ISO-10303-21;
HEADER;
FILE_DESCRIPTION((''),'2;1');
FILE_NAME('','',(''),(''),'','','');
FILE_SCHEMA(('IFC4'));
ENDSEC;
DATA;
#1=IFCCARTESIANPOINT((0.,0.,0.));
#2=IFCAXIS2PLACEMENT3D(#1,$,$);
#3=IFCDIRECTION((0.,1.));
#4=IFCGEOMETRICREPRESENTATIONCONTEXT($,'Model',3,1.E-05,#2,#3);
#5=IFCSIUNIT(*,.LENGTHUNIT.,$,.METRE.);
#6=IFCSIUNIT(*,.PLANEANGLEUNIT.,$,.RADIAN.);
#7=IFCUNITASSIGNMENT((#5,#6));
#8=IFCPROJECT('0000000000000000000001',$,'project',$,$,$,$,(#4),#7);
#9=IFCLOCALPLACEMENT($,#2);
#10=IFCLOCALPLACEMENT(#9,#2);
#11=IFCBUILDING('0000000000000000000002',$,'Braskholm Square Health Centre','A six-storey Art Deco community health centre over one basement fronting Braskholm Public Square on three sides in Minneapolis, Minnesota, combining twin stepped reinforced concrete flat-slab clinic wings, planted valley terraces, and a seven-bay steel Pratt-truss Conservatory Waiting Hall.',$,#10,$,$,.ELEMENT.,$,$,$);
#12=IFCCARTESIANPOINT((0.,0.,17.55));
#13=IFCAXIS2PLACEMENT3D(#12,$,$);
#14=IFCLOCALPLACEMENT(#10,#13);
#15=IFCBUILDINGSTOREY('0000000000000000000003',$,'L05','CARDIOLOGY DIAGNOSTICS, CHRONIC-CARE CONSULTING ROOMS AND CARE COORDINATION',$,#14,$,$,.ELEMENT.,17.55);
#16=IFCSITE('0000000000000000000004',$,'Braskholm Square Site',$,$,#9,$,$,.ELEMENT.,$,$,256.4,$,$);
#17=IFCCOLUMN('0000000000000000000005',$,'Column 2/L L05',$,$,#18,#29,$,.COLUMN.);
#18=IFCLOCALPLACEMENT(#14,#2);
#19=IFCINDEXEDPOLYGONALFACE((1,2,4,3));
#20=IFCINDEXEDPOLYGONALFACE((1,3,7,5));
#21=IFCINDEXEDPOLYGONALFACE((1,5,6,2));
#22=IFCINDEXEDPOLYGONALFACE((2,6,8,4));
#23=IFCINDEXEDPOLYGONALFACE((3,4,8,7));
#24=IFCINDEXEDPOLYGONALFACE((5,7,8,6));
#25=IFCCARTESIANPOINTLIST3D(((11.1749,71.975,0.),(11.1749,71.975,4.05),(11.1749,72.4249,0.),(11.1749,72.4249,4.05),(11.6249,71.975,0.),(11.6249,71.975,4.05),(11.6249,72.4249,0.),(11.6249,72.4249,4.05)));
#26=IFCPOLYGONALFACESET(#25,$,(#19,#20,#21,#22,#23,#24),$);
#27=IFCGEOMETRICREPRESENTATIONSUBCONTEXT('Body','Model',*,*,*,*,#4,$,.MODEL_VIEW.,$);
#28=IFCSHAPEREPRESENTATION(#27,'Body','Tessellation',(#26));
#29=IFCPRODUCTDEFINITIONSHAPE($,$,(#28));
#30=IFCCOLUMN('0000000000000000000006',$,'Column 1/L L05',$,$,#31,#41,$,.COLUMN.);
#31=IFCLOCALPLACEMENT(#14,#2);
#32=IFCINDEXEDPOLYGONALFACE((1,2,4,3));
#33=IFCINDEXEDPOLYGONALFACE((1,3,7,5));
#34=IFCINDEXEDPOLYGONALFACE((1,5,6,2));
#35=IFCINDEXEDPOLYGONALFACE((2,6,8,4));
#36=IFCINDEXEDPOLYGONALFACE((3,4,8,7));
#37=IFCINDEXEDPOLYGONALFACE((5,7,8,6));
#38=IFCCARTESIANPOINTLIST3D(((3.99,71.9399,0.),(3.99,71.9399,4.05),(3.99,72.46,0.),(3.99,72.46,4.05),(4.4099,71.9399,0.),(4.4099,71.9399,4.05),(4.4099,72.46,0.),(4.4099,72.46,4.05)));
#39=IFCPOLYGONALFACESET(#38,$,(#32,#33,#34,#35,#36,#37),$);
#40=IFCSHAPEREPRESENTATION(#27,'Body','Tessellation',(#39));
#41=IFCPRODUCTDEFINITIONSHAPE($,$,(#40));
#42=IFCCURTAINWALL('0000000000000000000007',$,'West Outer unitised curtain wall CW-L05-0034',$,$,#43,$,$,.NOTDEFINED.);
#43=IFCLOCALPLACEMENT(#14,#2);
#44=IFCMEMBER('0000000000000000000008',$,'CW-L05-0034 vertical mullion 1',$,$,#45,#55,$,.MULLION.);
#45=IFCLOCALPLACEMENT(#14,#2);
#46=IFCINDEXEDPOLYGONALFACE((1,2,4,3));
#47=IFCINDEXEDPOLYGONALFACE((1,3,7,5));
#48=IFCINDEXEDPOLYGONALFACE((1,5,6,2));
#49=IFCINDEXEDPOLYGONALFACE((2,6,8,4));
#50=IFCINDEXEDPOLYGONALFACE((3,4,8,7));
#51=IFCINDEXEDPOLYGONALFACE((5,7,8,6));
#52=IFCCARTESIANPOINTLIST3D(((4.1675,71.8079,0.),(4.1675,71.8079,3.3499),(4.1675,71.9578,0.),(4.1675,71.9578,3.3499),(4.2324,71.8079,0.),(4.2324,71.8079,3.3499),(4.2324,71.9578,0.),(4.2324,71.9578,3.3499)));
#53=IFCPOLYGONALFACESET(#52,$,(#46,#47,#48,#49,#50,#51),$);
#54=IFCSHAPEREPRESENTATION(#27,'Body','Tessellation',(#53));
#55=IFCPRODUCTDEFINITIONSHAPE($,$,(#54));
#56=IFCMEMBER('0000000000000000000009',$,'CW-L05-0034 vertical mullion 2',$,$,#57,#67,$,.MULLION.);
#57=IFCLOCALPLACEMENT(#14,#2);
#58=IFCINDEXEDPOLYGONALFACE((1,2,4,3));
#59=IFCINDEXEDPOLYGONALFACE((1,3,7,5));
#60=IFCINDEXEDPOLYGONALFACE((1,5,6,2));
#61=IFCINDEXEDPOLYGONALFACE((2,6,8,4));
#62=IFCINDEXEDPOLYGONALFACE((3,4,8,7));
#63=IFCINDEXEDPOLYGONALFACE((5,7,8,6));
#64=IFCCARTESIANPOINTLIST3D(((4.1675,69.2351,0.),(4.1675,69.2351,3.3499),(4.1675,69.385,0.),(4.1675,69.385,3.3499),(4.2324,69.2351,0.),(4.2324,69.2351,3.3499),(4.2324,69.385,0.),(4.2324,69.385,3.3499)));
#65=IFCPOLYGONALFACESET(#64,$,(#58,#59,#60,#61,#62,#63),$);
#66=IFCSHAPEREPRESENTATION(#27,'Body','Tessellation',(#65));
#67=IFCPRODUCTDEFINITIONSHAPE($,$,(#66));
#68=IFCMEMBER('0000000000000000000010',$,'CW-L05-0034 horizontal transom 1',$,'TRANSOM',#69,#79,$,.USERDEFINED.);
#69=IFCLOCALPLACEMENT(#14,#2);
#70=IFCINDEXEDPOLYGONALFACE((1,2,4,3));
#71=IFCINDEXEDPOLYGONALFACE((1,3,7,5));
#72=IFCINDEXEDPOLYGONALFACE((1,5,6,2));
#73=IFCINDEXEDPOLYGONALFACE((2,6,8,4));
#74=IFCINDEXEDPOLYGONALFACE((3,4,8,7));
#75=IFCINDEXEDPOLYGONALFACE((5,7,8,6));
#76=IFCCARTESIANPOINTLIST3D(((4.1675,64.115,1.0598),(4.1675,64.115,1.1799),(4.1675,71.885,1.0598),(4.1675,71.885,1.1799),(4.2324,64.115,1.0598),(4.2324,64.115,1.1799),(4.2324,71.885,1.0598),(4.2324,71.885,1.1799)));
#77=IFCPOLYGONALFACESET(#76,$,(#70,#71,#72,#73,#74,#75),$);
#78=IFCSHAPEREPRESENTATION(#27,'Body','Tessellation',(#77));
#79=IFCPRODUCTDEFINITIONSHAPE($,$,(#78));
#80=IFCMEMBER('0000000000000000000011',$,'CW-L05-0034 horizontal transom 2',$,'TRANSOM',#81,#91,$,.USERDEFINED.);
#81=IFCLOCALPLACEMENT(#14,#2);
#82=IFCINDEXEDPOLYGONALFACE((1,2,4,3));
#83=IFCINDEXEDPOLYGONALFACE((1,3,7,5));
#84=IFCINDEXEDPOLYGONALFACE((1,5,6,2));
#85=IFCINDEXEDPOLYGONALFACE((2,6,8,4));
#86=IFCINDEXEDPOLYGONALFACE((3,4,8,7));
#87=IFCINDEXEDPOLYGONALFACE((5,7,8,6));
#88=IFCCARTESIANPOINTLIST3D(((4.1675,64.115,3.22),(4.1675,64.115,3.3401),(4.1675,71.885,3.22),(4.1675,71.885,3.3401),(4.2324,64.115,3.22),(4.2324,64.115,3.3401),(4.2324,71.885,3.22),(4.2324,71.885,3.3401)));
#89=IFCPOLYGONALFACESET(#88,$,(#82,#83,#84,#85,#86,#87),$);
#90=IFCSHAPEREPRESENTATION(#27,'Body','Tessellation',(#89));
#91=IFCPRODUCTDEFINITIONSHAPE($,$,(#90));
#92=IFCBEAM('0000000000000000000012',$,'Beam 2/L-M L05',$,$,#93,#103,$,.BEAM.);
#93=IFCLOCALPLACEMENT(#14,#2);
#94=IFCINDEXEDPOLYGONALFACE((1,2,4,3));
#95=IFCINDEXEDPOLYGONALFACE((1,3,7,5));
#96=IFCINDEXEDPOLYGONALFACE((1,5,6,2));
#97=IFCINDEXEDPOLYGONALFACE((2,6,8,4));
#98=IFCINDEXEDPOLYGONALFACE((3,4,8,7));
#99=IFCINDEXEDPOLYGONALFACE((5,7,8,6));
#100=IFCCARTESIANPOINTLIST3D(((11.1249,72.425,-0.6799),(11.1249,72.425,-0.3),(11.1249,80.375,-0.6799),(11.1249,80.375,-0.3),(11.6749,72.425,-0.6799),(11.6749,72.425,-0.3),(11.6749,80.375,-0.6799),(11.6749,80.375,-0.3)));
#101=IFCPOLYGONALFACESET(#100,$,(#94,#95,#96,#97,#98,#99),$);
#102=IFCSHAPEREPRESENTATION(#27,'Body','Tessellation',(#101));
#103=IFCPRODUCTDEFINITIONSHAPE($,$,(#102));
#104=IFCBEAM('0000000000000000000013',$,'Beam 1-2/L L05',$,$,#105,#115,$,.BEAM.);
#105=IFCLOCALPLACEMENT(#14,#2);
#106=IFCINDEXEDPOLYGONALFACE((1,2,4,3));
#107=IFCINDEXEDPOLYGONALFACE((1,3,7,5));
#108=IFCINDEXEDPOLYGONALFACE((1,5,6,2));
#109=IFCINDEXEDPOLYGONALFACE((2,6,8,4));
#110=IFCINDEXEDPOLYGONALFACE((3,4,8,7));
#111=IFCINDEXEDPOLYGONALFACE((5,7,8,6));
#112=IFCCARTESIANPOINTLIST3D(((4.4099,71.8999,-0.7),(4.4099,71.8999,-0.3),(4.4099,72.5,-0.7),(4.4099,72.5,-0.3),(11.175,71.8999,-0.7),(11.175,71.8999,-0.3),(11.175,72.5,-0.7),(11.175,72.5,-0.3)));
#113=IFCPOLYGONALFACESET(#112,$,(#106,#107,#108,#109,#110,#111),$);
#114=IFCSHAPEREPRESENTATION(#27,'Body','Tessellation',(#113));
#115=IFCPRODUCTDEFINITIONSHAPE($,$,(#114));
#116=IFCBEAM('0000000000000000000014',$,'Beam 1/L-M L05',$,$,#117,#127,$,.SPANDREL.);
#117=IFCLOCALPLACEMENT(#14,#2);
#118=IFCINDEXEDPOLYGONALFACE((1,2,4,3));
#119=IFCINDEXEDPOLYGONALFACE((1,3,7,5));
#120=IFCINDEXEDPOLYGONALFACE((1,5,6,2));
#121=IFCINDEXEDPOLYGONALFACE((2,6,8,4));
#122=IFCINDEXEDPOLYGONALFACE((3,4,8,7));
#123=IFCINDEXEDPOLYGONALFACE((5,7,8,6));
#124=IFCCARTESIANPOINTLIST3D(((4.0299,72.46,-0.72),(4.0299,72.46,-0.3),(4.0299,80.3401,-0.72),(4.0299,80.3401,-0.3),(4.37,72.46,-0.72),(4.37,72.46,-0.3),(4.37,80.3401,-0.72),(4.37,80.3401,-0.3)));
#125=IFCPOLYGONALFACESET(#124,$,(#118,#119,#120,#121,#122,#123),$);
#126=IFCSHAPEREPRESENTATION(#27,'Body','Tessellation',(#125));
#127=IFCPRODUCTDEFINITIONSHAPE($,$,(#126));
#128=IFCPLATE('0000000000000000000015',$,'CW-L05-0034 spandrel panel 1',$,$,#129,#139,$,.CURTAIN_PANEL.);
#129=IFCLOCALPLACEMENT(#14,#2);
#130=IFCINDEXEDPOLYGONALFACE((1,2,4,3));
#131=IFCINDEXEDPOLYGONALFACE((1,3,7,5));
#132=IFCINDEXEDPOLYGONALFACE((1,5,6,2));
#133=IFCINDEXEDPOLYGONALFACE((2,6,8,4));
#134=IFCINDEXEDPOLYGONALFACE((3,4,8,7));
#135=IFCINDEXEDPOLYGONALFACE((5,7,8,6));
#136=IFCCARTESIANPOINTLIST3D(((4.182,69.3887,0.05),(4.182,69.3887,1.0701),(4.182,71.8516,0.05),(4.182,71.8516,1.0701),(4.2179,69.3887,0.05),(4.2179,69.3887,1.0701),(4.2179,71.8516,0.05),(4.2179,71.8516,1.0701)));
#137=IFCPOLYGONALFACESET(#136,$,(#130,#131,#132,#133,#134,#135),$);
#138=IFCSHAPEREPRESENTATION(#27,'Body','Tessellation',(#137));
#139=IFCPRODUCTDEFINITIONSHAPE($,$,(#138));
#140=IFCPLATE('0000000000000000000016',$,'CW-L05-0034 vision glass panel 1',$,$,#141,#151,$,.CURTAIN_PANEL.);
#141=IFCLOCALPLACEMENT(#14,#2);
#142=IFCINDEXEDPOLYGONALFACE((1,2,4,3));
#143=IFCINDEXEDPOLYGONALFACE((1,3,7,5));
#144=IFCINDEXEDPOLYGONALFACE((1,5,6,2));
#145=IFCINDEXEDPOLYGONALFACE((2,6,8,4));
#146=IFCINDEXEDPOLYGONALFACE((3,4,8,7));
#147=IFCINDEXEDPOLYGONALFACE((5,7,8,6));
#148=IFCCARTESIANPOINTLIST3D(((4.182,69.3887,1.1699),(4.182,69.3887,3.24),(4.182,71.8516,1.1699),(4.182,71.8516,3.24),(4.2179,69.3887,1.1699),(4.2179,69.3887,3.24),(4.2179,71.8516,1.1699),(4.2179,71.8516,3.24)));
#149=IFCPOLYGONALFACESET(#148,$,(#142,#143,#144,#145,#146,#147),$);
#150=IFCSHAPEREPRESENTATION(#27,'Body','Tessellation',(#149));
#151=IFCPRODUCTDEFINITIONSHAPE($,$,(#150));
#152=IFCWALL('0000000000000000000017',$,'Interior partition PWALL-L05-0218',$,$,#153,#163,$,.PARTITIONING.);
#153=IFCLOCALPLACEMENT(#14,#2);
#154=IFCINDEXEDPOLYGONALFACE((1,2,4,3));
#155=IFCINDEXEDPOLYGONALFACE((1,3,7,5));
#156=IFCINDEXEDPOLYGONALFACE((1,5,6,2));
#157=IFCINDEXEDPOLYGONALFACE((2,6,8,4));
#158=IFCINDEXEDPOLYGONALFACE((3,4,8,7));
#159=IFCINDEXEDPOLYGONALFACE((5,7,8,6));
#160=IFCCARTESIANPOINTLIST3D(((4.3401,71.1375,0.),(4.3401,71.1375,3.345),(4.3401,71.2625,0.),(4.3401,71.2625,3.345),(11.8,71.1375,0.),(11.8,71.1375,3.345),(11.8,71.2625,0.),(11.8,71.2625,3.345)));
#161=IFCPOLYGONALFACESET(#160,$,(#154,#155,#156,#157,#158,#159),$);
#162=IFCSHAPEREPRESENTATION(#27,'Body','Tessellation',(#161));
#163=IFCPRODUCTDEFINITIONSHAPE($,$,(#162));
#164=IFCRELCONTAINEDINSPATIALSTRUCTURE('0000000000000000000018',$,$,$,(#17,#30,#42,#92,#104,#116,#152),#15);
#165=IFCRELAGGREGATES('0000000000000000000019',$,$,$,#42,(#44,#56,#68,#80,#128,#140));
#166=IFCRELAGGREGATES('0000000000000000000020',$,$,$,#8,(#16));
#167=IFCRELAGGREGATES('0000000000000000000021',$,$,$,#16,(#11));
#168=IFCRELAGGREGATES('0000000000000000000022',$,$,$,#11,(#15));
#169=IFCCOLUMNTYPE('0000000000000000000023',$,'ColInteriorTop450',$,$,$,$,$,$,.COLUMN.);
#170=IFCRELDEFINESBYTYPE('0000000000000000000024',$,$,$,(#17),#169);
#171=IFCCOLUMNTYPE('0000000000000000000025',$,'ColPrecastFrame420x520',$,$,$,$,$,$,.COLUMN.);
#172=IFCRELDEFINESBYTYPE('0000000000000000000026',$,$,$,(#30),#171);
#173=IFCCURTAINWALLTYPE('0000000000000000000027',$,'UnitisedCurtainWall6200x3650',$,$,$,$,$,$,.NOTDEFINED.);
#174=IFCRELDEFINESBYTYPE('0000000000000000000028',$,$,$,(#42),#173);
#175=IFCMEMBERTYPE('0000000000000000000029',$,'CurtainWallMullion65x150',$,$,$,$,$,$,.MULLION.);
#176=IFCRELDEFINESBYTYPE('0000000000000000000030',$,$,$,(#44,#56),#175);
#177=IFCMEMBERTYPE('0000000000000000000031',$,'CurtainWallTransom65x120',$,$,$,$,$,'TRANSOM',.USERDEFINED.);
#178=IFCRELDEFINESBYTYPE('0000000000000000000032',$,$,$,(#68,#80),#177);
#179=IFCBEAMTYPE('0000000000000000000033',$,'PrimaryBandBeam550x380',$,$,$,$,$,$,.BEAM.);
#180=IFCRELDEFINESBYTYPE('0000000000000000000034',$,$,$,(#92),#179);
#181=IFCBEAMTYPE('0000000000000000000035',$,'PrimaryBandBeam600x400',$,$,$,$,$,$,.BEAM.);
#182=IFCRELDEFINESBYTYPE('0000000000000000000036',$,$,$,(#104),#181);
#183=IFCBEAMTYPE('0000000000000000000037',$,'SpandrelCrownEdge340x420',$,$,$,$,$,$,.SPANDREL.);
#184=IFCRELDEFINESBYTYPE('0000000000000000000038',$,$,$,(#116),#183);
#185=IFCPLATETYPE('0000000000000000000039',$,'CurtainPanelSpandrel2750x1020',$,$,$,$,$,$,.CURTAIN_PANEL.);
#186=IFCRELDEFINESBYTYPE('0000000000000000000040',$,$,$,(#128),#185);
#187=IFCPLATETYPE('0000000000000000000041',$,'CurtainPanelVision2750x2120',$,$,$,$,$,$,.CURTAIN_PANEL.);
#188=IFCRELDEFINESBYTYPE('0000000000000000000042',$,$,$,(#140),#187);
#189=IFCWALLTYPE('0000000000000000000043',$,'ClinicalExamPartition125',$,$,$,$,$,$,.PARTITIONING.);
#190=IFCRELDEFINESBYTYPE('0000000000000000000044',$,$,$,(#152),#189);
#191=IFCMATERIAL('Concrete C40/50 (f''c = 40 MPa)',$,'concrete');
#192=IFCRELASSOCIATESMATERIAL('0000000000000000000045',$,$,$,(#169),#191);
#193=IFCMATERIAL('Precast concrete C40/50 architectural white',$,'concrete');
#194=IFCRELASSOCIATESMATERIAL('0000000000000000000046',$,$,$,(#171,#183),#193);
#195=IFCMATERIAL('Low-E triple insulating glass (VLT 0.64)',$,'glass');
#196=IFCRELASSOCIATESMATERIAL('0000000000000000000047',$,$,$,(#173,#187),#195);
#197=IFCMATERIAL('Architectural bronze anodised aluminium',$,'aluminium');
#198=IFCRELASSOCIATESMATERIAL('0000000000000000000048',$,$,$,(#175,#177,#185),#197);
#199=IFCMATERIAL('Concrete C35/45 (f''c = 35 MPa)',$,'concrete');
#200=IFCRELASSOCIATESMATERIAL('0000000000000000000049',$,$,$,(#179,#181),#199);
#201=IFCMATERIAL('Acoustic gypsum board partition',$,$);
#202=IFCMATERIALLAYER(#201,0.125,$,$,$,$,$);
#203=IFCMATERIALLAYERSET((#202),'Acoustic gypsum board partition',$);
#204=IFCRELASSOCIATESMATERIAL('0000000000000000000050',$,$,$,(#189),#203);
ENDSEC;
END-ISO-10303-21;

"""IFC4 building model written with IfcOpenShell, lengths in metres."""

from ifc_helpers import new_model, si_unit, direction, frame, frame_2d, origin, origin_2d, place, context, subcontext, project, spatial, rectangle, extrude, material, layer, layer_set, material_profile, profile_set, type_object, element, aggregate, save


model = new_model("IFC4")

# Units and contexts
model_context = context("Model", 3, precision=1e-05, world=origin(), true_north=direction((0.0, 1.0)))
body_context = subcontext(model_context, "Body", "Model", "MODEL_VIEW")
ifc_project = project(units=[si_unit("LENGTHUNIT", "METRE"), si_unit("PLANEANGLEUNIT", "RADIAN")], contexts=[model_context])

# Site, building, storey
site_placement = place(None, origin())
site = spatial("IfcSite", under=ifc_project, at=site_placement, Name="Braskholm Square Site", CompositionType="ELEMENT", RefElevation=256.4)
building_placement = place(site_placement, origin())
building = spatial("IfcBuilding", under=site, at=building_placement, Name="Braskholm Square Health Centre", Description="A six-storey Art Deco community health centre over one basement fronting Braskholm Public Square on three sides in Minneapolis, Minnesota, combining twin stepped reinforced concrete flat-slab clinic wings, planted valley terraces, and a seven-bay steel Pratt-truss Conservatory Waiting Hall.", CompositionType="ELEMENT")
storey_placement = place(building_placement, frame((0.0, 0.0, 17.55)))
storey = spatial("IfcBuildingStorey", under=building, at=storey_placement, Name="L05", Description="CARDIOLOGY DIAGNOSTICS, CHRONIC-CARE CONSULTING ROOMS AND CARE COORDINATION", CompositionType="ELEMENT", Elevation=17.55)

# Columns
ifc_material_1 = material(Name="Concrete C40/50 (f'c = 40 MPa)", Category="concrete")
ifc_material_profile_1 = material_profile(ifc_material_1, rectangle(XDim=0.45, YDim=0.45, at=origin_2d()), Name="RC-450X450")
ifc_profile_set_1 = profile_set([ifc_material_profile_1], Name="Concrete C40/50 (f'c = 40 MPa)")
column_type_1 = type_object("IfcColumnType", Name="ColInteriorTop450", PredefinedType="COLUMN", material=ifc_profile_set_1)
column_1_placement = place(storey_placement, frame((11.3999, 72.2, 0.0), z_axis=(0.0, 0.0, 1.0), x_axis=(1.0, 0.0, 0.0)))
element("IfcColumn", 1, at=column_1_placement, inside=storey, type_object=column_type_1, Name="Column 2/L L05", PredefinedType="COLUMN", context=body_context, shape_type="SweptSolid", body=[
    extrude(rectangle(XDim=0.45, YDim=0.45, at=origin_2d()), origin(), (0.0, 0.0, 1.0), 4.05),
])
ifc_material_2 = material(Name="Precast concrete C40/50 architectural white", Category="concrete")
ifc_material_profile_2 = material_profile(ifc_material_2, rectangle(XDim=0.4199, YDim=0.52, at=origin_2d()), Name="RC-420X520")
ifc_profile_set_2 = profile_set([ifc_material_profile_2], Name="Precast concrete C40/50 architectural white")
column_type_2 = type_object("IfcColumnType", Name="ColPrecastFrame420x520", PredefinedType="COLUMN", material=ifc_profile_set_2)
column_2_placement = place(storey_placement, frame((4.2, 72.2, 0.0), z_axis=(0.0, 0.0, 1.0), x_axis=(1.0, 0.0, 0.0)))
element("IfcColumn", 2, at=column_2_placement, inside=storey, type_object=column_type_2, Name="Column 1/L L05", PredefinedType="COLUMN", context=body_context, shape_type="SweptSolid", body=[
    extrude(rectangle(XDim=0.4199, YDim=0.52, at=origin_2d()), origin(), (0.0, 0.0, 1.0), 4.05),
])

# Curtain wall, members
ifc_material_3 = material(Name="Low-E triple insulating glass (VLT 0.64)", Category="glass")
curtain_wall_type = type_object("IfcCurtainWallType", Name="UnitisedCurtainWall6200x3650", PredefinedType="NOTDEFINED", material=ifc_material_3)
curtain_wall_placement = place(storey_placement, origin())
curtain_wall = element("IfcCurtainWall", 3, at=curtain_wall_placement, inside=storey, type_object=curtain_wall_type, Name="West Outer unitised curtain wall CW-L05-0034", PredefinedType="NOTDEFINED")
ifc_material_4 = material(Name="Architectural bronze anodised aluminium", Category="aluminium")
ifc_material_profile_3 = material_profile(ifc_material_4, rectangle(XDim=0.0649, YDim=0.1499, at=origin_2d()), Name="ALU-65X150")
ifc_profile_set_3 = profile_set([ifc_material_profile_3], Name="Architectural bronze anodised aluminium")
member_type_1 = type_object("IfcMemberType", Name="CurtainWallMullion65x150", PredefinedType="MULLION", material=ifc_profile_set_3)
member_1_placement = place(storey_placement, frame((4.2, 71.8828, 0.0), z_axis=(0.0, 0.0, 1.0), x_axis=(1.0, 0.0, 0.0)))
member_1 = element("IfcMember", 4, at=member_1_placement, type_object=member_type_1, Name="CW-L05-0034 vertical mullion 1", PredefinedType="MULLION", context=body_context, shape_type="SweptSolid", body=[
    extrude(rectangle(XDim=0.0649, YDim=0.1499, at=origin_2d()), origin(), (0.0, 0.0, 1.0), 3.3499),
])
member_2_placement = place(storey_placement, frame((4.2, 69.3101, 0.0), z_axis=(0.0, 0.0, 1.0), x_axis=(1.0, 0.0, 0.0)))
member_2 = element("IfcMember", 5, at=member_2_placement, type_object=member_type_1, Name="CW-L05-0034 vertical mullion 2", PredefinedType="MULLION", context=body_context, shape_type="SweptSolid", body=[
    extrude(rectangle(XDim=0.0649, YDim=0.1499, at=origin_2d()), origin(), (0.0, 0.0, 1.0), 3.3499),
])
ifc_material_profile_4 = material_profile(ifc_material_4, rectangle(XDim=0.0649, YDim=0.1201, at=origin_2d()), Name="ALU-65X120")
ifc_profile_set_4 = profile_set([ifc_material_profile_4], Name="Architectural bronze anodised aluminium")
member_type_2 = type_object("IfcMemberType", Name="CurtainWallTransom65x120", ElementType="TRANSOM", PredefinedType="USERDEFINED", material=ifc_profile_set_4)
member_3_placement = place(storey_placement, frame((4.2, 71.885, 1.1199), z_axis=(0.0, -1.0, 0.0), x_axis=(1.0, 0.0, 0.0)))
member_3 = element("IfcMember", 6, at=member_3_placement, type_object=member_type_2, Name="CW-L05-0034 horizontal transom 1", ObjectType="TRANSOM", PredefinedType="USERDEFINED", context=body_context, shape_type="SweptSolid", body=[
    extrude(rectangle(XDim=0.0649, YDim=0.1201, at=origin_2d()), origin(), (0.0, 0.0, 1.0), 7.77),
])
member_4_placement = place(storey_placement, frame((4.2, 71.885, 3.28), z_axis=(0.0, -1.0, 0.0), x_axis=(1.0, 0.0, 0.0)))
member_4 = element("IfcMember", 7, at=member_4_placement, type_object=member_type_2, Name="CW-L05-0034 horizontal transom 2", ObjectType="TRANSOM", PredefinedType="USERDEFINED", context=body_context, shape_type="SweptSolid", body=[
    extrude(rectangle(XDim=0.0649, YDim=0.1201, at=origin_2d()), origin(), (0.0, 0.0, 1.0), 7.77),
])

# Beams
ifc_material_5 = material(Name="Concrete C35/45 (f'c = 35 MPa)", Category="concrete")
ifc_material_profile_5 = material_profile(ifc_material_5, rectangle(XDim=0.55, YDim=0.3799, at=origin_2d()), Name="RCB-550X380")
ifc_profile_set_5 = profile_set([ifc_material_profile_5], Name="Concrete C35/45 (f'c = 35 MPa)")
beam_type_1 = type_object("IfcBeamType", Name="PrimaryBandBeam550x380", PredefinedType="BEAM", material=ifc_profile_set_5)
beam_1_placement = place(storey_placement, frame((11.3999, 72.425, -0.49), z_axis=(0.0, 1.0, 0.0), x_axis=(-1.0, 0.0, 0.0)))
element("IfcBeam", 8, at=beam_1_placement, inside=storey, type_object=beam_type_1, Name="Beam 2/L-M L05", PredefinedType="BEAM", context=body_context, shape_type="SweptSolid", body=[
    extrude(rectangle(XDim=0.55, YDim=0.3799, at=origin_2d()), origin(), (0.0, 0.0, 1.0), 7.95),
])
ifc_material_profile_6 = material_profile(ifc_material_5, rectangle(XDim=0.6001, YDim=0.3999, at=origin_2d()), Name="RCB-600X400")
ifc_profile_set_6 = profile_set([ifc_material_profile_6], Name="Concrete C35/45 (f'c = 35 MPa)")
beam_type_2 = type_object("IfcBeamType", Name="PrimaryBandBeam600x400", PredefinedType="BEAM", material=ifc_profile_set_6)
beam_2_placement = place(storey_placement, frame((4.4099, 72.2, -0.5), z_axis=(1.0, 0.0, 0.0), x_axis=(0.0, 1.0, 0.0)))
element("IfcBeam", 9, at=beam_2_placement, inside=storey, type_object=beam_type_2, Name="Beam 1-2/L L05", PredefinedType="BEAM", context=body_context, shape_type="SweptSolid", body=[
    extrude(rectangle(XDim=0.6001, YDim=0.3999, at=origin_2d()), origin(), (0.0, 0.0, 1.0), 6.7651),
])
ifc_material_profile_7 = material_profile(ifc_material_2, rectangle(XDim=0.3401, YDim=0.4199, at=origin_2d()), Name="RCB-340X420")
ifc_profile_set_7 = profile_set([ifc_material_profile_7], Name="Precast concrete C40/50 architectural white")
beam_type_3 = type_object("IfcBeamType", Name="SpandrelCrownEdge340x420", PredefinedType="SPANDREL", material=ifc_profile_set_7)
beam_3_placement = place(storey_placement, frame((4.2, 72.46, -0.51), z_axis=(0.0, 1.0, 0.0), x_axis=(-1.0, 0.0, 0.0)))
element("IfcBeam", 10, at=beam_3_placement, inside=storey, type_object=beam_type_3, Name="Beam 1/L-M L05", PredefinedType="SPANDREL", context=body_context, shape_type="SweptSolid", body=[
    extrude(rectangle(XDim=0.3401, YDim=0.4199, at=origin_2d()), origin(), (0.0, 0.0, 1.0), 7.8801),
])

# Plates
plate_type_1 = type_object("IfcPlateType", Name="CurtainPanelSpandrel2750x1020", PredefinedType="CURTAIN_PANEL", material=ifc_material_4)
plate_1_placement = place(storey_placement, frame((4.2, 70.6201, 0.05), z_axis=(0.0, 0.0, 1.0), x_axis=(0.0, -1.0, 0.0)))
plate_1 = element("IfcPlate", 11, at=plate_1_placement, type_object=plate_type_1, Name="CW-L05-0034 spandrel panel 1", PredefinedType="CURTAIN_PANEL", context=body_context, shape_type="SweptSolid", body=[
    extrude(rectangle(XDim=2.4629, YDim=0.0359, at=origin_2d()), origin(), (0.0, 0.0, 1.0), 1.02),
])
plate_type_2 = type_object("IfcPlateType", Name="CurtainPanelVision2750x2120", PredefinedType="CURTAIN_PANEL", material=ifc_material_3)
plate_2_placement = place(storey_placement, frame((4.2, 70.6201, 1.1699), z_axis=(0.0, 0.0, 1.0), x_axis=(0.0, -1.0, 0.0)))
plate_2 = element("IfcPlate", 12, at=plate_2_placement, type_object=plate_type_2, Name="CW-L05-0034 vision glass panel 1", PredefinedType="CURTAIN_PANEL", context=body_context, shape_type="SweptSolid", body=[
    extrude(rectangle(XDim=2.4629, YDim=0.0359, at=origin_2d()), origin(), (0.0, 0.0, 1.0), 2.0701),
])
aggregate(curtain_wall, [member_1, member_2, member_3, member_4, plate_1, plate_2])

# Wall
ifc_material_6 = material(Name="Acoustic gypsum board partition")
ifc_layer_1 = layer(ifc_material_6, 0.125)
ifc_layer_set_1 = layer_set([ifc_layer_1], Name="Acoustic gypsum board partition")
wall_type = type_object("IfcWallType", Name="ClinicalExamPartition125", PredefinedType="PARTITIONING", material=ifc_layer_set_1)
wall_1_placement = place(storey_placement, frame((4.3401, 71.2, 0.0), z_axis=(0.0, 0.0, 1.0), x_axis=(1.0, 0.0, 0.0)))
element("IfcWall", 13, at=wall_1_placement, inside=storey, type_object=wall_type, Name="Interior partition PWALL-L05-0218", PredefinedType="PARTITIONING", context=body_context, shape_type="SweptSolid", body=[
    extrude(rectangle(XDim=7.46, YDim=0.125, at=frame_2d((3.73, 0.0))), origin(), (0.0, 0.0, 1.0), 3.345),
])

save(model, "model.ifc")
